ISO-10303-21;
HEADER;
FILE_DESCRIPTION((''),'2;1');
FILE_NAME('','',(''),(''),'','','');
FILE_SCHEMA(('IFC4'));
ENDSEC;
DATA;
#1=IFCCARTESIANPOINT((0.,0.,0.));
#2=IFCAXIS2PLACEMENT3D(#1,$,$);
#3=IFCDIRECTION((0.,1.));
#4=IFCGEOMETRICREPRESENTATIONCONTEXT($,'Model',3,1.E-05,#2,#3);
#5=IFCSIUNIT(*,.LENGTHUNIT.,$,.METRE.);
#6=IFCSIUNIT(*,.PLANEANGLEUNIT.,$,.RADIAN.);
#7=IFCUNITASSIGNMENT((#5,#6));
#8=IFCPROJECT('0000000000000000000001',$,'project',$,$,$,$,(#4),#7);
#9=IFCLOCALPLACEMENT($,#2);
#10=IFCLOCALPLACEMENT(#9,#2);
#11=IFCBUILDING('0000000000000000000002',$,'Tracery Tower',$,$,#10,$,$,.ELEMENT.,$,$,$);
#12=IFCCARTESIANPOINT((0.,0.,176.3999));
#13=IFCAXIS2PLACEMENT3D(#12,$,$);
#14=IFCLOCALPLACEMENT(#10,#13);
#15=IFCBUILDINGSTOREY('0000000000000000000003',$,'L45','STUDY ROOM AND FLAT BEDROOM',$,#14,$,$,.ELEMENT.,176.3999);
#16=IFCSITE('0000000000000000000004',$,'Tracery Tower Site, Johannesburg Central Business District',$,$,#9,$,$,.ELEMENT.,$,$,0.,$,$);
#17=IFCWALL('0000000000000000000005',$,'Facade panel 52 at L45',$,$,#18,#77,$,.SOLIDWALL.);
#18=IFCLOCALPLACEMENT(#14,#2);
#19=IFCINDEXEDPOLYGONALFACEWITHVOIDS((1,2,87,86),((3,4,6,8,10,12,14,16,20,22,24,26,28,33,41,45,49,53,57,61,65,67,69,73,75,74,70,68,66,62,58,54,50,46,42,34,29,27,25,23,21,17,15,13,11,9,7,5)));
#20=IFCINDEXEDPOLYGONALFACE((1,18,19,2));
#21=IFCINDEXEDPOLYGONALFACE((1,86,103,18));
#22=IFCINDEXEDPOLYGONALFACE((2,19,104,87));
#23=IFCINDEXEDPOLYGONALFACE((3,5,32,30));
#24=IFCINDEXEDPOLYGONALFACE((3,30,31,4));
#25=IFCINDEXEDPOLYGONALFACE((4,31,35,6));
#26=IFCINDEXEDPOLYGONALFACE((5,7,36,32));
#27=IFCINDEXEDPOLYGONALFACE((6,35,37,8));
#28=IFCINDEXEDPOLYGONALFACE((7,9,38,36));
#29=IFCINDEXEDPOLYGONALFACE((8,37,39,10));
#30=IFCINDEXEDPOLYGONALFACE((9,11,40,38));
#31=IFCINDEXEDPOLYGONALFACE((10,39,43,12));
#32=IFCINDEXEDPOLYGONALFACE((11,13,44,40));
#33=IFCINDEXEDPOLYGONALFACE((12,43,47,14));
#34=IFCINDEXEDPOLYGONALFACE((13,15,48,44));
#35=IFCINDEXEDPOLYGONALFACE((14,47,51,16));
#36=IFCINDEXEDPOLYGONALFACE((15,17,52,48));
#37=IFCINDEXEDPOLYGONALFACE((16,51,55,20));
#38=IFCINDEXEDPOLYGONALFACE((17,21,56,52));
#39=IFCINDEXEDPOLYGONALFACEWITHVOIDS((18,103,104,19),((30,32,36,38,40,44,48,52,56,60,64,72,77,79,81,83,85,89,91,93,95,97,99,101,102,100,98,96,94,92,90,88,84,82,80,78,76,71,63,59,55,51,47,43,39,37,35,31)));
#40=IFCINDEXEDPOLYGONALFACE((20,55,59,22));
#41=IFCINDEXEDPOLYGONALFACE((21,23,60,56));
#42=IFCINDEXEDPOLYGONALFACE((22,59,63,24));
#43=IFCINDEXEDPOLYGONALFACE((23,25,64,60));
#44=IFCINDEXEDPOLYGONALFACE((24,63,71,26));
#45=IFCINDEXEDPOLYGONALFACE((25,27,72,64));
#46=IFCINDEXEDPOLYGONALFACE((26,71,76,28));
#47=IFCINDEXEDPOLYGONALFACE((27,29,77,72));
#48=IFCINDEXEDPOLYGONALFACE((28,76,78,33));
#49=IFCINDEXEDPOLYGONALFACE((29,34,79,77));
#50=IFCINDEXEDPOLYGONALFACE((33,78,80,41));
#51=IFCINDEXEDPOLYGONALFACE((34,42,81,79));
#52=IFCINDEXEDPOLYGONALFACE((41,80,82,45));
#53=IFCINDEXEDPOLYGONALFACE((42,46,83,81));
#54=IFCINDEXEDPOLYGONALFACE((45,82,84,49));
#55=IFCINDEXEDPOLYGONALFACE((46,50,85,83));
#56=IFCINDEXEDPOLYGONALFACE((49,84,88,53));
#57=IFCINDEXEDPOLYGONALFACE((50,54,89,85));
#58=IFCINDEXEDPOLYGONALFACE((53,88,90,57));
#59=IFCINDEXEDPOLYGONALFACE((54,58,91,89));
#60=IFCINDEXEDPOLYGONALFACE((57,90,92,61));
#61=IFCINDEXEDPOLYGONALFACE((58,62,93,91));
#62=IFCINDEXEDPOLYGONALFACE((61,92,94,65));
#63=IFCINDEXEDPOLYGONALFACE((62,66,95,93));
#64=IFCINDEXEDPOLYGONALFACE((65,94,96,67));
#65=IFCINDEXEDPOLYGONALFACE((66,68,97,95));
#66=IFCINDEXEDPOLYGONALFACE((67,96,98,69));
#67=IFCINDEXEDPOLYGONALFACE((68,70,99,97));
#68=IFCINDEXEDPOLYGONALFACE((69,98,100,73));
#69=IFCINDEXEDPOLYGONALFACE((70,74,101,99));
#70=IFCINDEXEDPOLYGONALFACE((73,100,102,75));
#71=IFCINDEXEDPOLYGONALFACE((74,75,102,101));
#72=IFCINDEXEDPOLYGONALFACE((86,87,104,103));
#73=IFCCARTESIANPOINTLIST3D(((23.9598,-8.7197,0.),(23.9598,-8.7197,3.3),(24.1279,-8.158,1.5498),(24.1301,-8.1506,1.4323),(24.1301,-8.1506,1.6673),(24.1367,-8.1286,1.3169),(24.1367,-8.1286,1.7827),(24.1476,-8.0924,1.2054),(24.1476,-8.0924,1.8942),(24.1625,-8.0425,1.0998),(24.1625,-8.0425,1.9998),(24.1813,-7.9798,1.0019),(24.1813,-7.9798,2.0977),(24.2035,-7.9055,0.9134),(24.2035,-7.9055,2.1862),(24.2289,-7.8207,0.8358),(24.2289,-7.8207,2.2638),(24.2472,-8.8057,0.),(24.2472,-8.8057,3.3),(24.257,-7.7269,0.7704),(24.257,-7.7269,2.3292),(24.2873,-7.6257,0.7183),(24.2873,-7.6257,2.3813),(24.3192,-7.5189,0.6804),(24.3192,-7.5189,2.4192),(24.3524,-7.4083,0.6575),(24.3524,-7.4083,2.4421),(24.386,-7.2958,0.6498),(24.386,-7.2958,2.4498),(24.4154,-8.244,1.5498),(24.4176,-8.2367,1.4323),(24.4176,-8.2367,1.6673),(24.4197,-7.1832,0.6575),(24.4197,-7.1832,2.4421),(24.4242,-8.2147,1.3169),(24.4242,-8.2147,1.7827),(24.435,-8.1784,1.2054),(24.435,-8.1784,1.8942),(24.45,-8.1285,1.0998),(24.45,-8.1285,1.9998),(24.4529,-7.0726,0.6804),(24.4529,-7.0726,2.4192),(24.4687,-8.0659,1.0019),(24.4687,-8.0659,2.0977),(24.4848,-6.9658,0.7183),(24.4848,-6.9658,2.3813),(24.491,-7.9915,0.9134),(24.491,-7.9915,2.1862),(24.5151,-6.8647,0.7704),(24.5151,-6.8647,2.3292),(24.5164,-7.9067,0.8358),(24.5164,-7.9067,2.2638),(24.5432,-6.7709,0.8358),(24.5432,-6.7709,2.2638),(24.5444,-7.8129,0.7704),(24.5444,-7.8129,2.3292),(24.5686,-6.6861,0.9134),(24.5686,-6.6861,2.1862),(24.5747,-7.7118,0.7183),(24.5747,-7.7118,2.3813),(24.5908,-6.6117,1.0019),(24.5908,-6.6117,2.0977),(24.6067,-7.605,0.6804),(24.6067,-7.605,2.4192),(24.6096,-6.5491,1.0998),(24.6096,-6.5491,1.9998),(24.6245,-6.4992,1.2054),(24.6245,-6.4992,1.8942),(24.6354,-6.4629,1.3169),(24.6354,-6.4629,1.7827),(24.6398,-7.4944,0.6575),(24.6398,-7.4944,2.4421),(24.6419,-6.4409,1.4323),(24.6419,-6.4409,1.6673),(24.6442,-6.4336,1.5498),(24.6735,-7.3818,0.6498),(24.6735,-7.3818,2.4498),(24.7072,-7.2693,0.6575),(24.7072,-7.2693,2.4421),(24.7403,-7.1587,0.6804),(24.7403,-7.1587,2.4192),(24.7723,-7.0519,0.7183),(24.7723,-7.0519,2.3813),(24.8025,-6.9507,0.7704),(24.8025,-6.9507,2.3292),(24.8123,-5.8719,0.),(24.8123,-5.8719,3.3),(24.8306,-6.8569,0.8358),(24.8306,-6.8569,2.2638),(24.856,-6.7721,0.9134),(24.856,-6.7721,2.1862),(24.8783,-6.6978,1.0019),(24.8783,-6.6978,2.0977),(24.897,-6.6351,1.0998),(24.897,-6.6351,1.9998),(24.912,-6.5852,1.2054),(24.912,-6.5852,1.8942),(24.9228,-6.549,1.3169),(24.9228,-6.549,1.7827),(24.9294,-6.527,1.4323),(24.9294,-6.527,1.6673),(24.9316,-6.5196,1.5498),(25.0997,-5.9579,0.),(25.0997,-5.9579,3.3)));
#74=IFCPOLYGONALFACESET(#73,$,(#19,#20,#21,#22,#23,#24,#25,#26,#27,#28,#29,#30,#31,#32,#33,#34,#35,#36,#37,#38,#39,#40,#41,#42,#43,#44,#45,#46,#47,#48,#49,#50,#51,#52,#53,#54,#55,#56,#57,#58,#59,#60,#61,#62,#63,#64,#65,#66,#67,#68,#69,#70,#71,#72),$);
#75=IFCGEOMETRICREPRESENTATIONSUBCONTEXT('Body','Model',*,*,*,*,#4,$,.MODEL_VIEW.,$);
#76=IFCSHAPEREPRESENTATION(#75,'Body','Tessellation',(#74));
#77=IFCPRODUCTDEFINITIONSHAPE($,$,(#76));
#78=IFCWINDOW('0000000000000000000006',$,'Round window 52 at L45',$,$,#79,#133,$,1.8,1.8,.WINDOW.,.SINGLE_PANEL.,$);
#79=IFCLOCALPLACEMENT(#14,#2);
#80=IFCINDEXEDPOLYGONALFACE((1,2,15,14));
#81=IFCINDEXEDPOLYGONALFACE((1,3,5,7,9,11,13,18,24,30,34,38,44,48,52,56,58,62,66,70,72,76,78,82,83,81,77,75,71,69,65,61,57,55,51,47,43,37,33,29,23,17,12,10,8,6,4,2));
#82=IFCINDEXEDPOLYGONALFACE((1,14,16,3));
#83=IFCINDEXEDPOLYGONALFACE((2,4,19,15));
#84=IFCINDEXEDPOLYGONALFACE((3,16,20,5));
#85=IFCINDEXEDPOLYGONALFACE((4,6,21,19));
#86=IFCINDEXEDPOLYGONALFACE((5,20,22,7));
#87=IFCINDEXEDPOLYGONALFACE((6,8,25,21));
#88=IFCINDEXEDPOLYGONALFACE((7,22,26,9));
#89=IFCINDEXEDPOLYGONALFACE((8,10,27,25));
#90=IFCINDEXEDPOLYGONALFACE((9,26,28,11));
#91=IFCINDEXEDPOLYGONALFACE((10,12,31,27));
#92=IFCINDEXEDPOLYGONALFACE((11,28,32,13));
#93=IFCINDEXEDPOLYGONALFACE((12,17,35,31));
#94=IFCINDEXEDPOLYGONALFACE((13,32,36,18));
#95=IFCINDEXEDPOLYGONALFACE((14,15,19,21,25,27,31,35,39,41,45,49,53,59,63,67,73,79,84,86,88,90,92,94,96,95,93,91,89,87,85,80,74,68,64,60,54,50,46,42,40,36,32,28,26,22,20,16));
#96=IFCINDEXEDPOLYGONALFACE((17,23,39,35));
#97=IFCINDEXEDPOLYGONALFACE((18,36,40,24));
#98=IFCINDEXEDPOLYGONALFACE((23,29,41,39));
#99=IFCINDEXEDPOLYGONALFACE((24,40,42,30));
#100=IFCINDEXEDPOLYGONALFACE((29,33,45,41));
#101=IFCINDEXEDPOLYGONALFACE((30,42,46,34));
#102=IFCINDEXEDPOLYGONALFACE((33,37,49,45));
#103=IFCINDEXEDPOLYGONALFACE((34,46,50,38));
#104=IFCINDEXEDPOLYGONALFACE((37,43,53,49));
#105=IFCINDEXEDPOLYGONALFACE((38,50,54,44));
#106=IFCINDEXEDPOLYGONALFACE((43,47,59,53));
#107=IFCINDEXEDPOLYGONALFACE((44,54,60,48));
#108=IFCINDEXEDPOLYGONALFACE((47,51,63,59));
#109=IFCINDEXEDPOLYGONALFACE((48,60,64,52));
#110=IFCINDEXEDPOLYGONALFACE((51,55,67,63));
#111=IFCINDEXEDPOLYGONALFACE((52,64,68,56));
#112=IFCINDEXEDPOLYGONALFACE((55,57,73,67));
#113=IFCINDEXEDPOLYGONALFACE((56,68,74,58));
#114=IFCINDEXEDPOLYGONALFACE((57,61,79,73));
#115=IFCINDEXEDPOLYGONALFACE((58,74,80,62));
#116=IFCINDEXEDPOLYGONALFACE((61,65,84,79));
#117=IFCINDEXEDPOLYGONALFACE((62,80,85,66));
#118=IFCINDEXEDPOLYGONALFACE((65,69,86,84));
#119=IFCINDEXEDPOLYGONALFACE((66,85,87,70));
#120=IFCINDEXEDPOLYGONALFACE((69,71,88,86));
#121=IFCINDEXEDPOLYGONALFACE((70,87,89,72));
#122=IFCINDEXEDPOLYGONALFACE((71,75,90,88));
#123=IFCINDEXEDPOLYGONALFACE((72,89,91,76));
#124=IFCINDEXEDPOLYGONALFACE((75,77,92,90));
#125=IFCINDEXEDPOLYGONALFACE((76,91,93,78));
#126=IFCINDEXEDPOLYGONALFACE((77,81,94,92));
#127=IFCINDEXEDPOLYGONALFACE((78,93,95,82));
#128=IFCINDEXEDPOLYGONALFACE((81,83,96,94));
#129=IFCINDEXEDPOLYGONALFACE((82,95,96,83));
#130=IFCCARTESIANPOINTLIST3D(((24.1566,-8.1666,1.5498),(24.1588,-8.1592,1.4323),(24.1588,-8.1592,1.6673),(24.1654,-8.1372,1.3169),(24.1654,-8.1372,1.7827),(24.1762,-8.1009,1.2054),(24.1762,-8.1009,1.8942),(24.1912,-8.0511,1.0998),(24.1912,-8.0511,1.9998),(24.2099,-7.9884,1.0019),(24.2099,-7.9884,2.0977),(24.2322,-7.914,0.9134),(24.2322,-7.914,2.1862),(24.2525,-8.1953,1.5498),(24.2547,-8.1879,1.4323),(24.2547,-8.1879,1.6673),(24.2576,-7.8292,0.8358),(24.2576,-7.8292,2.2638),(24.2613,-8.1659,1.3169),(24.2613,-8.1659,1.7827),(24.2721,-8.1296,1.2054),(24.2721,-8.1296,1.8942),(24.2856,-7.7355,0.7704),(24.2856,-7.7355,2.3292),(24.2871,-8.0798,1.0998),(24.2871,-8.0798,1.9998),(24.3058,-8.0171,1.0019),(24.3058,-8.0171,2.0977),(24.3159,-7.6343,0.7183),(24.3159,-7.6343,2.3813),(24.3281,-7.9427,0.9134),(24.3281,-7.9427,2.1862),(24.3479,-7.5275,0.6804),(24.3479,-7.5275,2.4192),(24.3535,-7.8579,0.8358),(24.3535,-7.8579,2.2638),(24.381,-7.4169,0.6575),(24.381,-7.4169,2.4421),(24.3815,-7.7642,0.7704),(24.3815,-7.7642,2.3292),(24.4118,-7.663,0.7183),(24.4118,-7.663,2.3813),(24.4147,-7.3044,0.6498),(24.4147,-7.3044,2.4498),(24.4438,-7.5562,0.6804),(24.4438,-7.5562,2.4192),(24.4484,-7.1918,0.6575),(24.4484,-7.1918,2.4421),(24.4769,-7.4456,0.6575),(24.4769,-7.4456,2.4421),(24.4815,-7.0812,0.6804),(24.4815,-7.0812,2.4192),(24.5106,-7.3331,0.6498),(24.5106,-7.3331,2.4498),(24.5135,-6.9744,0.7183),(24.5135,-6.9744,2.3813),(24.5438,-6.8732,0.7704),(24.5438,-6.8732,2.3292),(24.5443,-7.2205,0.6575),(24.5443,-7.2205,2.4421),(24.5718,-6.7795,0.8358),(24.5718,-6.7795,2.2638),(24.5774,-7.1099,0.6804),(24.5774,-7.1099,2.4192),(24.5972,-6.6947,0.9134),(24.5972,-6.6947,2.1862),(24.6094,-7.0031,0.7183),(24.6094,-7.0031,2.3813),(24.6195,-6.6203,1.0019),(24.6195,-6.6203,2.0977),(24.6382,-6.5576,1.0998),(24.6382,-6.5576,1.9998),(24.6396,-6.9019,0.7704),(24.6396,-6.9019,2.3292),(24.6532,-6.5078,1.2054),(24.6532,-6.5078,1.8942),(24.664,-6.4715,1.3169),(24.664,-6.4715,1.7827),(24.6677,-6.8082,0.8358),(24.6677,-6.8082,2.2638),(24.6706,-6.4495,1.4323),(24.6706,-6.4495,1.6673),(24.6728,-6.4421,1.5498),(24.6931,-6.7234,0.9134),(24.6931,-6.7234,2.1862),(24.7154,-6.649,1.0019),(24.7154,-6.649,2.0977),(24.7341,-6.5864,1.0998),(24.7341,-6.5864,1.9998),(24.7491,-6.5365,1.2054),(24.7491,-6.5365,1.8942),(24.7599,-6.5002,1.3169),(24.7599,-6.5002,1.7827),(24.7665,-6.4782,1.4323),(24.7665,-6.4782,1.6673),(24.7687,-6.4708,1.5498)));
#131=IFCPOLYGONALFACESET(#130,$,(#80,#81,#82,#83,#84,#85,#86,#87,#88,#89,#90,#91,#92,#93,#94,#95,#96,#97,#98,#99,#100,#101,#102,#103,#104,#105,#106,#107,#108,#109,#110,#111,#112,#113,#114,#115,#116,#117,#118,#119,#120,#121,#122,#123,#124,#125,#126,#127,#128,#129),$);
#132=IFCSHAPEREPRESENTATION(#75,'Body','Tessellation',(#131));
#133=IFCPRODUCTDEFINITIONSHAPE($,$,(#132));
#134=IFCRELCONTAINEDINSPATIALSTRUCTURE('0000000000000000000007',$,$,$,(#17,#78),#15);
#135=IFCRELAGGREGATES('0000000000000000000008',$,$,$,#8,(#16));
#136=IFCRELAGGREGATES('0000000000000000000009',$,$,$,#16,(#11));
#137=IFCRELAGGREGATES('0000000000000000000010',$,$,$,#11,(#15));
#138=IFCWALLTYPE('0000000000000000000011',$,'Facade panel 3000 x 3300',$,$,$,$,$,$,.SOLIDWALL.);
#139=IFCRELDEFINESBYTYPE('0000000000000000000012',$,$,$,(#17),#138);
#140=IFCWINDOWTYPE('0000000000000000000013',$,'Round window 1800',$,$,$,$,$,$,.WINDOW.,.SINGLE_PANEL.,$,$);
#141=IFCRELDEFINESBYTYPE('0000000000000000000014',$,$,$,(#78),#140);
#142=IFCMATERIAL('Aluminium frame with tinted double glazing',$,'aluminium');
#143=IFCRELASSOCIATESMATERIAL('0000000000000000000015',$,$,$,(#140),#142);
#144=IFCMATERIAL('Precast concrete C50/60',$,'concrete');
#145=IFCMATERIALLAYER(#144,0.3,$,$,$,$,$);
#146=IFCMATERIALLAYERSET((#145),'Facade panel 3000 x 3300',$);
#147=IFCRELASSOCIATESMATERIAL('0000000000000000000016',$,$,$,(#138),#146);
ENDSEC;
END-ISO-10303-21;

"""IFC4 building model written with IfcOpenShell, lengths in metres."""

from ifc_helpers import new_model, si_unit, direction, frame, frame_2d, origin, origin_2d, place, context, subcontext, project, spatial, rectangle, circle, extrude, material, layer, layer_set, type_object, element, fill, save


model = new_model("IFC4")

# Units and contexts
model_context = context("Model", 3, precision=1e-05, world=origin(), true_north=direction((0.0, 1.0)))
body_context = subcontext(model_context, "Body", "Model", "MODEL_VIEW")
ifc_project = project(units=[si_unit("LENGTHUNIT", "METRE"), si_unit("PLANEANGLEUNIT", "RADIAN")], contexts=[model_context])

# Site, building, storey
site_placement = place(None, origin())
site = spatial("IfcSite", under=ifc_project, at=site_placement, Name="Tracery Tower Site, Johannesburg Central Business District", CompositionType="ELEMENT", RefElevation=0.0)
building_placement = place(site_placement, origin())
building = spatial("IfcBuilding", under=site, at=building_placement, Name="Tracery Tower", CompositionType="ELEMENT")
storey_placement = place(building_placement, frame((0.0, 0.0, 176.3999)))
storey = spatial("IfcBuildingStorey", under=building, at=storey_placement, Name="L45", Description="STUDY ROOM AND FLAT BEDROOM", CompositionType="ELEMENT", Elevation=176.3999)

# Wall, opening, window
ifc_material_1 = material(Name="Aluminium frame with tinted double glazing", Category="aluminium")
window_type = type_object("IfcWindowType", Name="Round window 1800", PartitioningType="SINGLE_PANEL", PredefinedType="WINDOW", material=ifc_material_1)
ifc_material_2 = material(Name="Precast concrete C50/60", Category="concrete")
ifc_layer_1 = layer(ifc_material_2, 0.3)
ifc_layer_set_1 = layer_set([ifc_layer_1], Name="Facade panel 3000 x 3300")
wall_type_1 = type_object("IfcWallType", Name="Facade panel 3000 x 3300", PredefinedType="SOLIDWALL", material=ifc_layer_set_1)
wall_1_placement = place(storey_placement, frame((24.1035, -8.7627, 0.0), z_axis=(0.0, 0.0, 1.0), x_axis=(0.286783, 0.957996, 0.0)))
wall_1 = element("IfcWall", 1, at=wall_1_placement, inside=storey, type_object=wall_type_1, Name="Facade panel 52 at L45", PredefinedType="SOLIDWALL", context=body_context, shape_type="SweptSolid", body=[
    extrude(rectangle(XDim=2.9727, YDim=0.3, at=frame_2d((1.4863, 0.0))), origin(), (0.0, 0.0, 1.0), 3.3),
])
opening_1_placement = place(wall_1_placement, frame((1.4863, 0.0, 1.5498)))
opening_1 = element("IfcOpeningElement", 2, at=opening_1_placement, cuts=wall_1, PredefinedType="OPENING", context=body_context, shape_type="SweptSolid", body=[
    extrude(circle(Radius=0.9, at=origin_2d()), frame((0.0, 0.1599, 0.0), z_axis=(0.0, -1.0, 0.0), x_axis=(1.0, 0.0, 0.0)), (0.0, 0.0, 1.0), 0.3201),
])
window_1_placement = place(opening_1_placement, origin())
window_1 = element("IfcWindow", 3, at=window_1_placement, inside=storey, type_object=window_type, Name="Round window 52 at L45", OverallHeight=1.8, OverallWidth=1.8, PartitioningType="SINGLE_PANEL", PredefinedType="WINDOW", context=body_context, shape_type="SweptSolid", body=[
    extrude(circle(Radius=0.9, at=origin_2d()), frame((0.0, 0.1201, 0.0), z_axis=(0.0, -1.0, 0.0), x_axis=(1.0, 0.0, 0.0)), (0.0, 0.0, 1.0), 0.1001),
])
fill(opening_1, window_1)

save(model, "model.ifc")
